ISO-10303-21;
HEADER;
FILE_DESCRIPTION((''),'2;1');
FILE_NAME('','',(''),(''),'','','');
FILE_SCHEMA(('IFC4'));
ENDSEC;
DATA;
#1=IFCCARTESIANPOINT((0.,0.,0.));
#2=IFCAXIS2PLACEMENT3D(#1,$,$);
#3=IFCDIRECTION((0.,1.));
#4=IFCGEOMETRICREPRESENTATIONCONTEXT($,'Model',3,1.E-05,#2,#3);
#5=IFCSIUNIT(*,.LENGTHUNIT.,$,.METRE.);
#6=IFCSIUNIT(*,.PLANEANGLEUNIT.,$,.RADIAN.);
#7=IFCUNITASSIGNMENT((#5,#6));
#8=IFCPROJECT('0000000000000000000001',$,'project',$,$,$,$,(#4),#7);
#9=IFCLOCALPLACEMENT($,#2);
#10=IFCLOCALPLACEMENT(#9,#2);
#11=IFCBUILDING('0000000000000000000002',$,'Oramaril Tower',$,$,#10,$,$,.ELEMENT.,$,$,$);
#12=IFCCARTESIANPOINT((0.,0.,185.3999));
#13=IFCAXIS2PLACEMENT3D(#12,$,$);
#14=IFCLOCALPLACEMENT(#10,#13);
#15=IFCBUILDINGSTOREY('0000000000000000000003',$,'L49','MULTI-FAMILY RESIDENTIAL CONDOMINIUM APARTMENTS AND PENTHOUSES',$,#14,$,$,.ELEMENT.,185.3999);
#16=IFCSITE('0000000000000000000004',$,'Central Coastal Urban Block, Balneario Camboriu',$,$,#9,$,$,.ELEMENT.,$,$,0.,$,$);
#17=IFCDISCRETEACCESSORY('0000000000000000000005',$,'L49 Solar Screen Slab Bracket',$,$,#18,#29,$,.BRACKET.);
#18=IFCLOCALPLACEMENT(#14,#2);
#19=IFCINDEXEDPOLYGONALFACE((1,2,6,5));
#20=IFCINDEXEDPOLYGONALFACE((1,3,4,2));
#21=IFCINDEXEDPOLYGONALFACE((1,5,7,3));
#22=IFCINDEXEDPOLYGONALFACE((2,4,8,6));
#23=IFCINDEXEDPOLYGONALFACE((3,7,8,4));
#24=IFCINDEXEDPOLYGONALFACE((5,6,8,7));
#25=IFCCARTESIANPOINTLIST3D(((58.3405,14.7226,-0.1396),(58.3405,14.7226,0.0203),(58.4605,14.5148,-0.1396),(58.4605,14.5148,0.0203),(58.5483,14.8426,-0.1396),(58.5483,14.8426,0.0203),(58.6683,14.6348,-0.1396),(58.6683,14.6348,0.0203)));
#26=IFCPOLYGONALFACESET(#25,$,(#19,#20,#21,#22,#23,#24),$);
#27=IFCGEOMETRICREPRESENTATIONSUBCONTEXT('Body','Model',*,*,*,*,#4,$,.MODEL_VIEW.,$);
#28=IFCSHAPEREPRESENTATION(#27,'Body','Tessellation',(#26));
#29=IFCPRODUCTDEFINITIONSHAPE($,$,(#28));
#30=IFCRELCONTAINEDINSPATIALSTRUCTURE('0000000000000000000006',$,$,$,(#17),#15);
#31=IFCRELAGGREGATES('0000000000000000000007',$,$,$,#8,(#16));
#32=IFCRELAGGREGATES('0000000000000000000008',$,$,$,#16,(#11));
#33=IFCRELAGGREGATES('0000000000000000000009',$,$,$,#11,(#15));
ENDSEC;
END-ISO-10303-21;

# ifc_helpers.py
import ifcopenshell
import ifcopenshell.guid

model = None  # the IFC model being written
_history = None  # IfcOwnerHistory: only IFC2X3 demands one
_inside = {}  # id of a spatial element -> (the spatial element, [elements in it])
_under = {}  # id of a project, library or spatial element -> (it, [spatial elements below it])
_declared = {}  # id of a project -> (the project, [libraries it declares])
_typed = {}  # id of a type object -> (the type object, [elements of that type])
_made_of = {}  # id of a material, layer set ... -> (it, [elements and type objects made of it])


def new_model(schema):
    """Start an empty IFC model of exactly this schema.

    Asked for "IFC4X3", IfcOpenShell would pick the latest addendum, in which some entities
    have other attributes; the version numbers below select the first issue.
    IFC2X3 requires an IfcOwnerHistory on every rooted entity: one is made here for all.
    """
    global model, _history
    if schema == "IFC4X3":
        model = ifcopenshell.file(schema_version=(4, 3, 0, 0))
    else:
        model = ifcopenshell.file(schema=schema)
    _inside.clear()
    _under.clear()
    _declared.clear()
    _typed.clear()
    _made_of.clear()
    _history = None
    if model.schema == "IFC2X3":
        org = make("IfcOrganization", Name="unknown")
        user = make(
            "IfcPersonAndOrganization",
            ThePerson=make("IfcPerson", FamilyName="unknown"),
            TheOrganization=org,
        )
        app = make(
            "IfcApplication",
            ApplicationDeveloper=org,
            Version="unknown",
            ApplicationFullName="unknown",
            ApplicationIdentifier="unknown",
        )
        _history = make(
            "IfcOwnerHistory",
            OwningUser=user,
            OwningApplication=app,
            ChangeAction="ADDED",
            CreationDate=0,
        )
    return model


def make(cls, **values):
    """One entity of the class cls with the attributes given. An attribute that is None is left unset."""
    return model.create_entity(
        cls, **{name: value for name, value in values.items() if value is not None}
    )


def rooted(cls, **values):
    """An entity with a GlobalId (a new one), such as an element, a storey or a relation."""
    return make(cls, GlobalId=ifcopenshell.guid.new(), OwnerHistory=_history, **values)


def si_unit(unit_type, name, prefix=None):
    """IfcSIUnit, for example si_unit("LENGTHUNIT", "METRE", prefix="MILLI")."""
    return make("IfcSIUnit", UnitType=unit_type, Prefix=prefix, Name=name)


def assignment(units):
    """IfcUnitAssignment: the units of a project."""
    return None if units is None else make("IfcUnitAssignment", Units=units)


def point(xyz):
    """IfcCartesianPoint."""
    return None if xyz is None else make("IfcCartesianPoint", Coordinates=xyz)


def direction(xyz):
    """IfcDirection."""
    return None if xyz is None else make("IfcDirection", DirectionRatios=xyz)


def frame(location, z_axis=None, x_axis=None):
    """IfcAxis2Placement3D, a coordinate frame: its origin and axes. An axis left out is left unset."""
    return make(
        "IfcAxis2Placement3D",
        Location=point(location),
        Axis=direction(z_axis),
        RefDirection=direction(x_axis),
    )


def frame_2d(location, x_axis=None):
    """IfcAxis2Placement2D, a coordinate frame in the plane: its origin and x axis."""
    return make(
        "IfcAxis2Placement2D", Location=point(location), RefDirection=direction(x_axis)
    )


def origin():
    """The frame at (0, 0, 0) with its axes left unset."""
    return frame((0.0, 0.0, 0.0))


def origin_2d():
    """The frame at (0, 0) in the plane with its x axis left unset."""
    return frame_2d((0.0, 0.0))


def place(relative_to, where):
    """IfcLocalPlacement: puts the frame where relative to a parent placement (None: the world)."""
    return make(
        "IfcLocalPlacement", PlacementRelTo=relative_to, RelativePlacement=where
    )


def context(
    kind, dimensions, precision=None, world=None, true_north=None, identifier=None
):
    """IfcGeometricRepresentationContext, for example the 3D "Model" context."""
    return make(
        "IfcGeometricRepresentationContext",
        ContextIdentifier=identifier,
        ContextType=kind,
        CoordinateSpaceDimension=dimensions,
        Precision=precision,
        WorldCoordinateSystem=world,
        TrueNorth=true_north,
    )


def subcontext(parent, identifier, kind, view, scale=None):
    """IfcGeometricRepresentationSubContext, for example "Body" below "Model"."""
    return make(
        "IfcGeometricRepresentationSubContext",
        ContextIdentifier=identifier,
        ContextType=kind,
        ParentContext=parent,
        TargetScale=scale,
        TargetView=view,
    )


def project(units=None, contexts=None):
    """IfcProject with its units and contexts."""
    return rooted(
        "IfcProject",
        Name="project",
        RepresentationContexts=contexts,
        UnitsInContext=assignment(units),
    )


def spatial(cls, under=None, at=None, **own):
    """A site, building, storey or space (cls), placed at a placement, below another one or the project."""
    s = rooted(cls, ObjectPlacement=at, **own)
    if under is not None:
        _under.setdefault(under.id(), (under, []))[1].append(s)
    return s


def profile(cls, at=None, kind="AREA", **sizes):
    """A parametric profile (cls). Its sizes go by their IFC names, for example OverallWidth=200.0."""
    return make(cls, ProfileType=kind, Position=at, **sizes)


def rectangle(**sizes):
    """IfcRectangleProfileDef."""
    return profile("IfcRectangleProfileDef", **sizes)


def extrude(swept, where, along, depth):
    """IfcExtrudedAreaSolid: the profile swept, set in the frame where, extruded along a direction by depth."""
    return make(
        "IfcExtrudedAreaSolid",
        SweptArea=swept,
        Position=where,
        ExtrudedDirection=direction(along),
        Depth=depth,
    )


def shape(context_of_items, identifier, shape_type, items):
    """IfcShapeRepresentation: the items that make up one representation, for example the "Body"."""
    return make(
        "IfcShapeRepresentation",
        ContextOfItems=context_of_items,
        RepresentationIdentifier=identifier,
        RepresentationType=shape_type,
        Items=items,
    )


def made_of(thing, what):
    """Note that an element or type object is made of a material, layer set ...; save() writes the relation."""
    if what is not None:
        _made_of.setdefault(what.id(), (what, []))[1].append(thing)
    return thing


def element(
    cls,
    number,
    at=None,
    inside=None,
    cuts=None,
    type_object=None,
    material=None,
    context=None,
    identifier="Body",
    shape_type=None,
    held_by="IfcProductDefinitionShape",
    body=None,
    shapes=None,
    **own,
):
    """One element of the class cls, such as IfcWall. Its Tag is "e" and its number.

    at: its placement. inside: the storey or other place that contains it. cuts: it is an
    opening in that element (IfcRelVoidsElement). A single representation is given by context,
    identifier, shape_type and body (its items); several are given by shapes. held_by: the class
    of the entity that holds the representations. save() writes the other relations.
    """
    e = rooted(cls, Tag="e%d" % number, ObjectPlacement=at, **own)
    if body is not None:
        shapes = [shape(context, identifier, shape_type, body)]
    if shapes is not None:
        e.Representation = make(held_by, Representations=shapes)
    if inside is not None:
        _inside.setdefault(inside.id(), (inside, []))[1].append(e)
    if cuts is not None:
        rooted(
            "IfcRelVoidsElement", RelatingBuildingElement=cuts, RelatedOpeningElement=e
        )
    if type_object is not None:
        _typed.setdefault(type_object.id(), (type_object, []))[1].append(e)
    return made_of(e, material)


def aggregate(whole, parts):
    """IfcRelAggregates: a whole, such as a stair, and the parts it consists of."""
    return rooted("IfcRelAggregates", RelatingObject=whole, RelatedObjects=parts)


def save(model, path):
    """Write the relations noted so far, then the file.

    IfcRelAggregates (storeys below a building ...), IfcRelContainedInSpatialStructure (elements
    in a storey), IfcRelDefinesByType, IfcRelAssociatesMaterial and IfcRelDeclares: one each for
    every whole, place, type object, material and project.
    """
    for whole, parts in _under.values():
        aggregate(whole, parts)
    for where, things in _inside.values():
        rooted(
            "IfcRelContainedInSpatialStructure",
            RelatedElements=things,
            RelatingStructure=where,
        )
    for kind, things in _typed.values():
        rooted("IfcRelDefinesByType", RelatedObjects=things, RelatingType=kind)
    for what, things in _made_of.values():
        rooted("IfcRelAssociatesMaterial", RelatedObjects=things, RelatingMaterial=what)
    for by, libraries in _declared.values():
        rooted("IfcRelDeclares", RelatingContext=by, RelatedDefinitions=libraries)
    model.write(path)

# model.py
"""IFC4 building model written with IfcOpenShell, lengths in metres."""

from ifc_helpers import new_model, si_unit, direction, frame, origin, origin_2d, place, context, subcontext, project, spatial, rectangle, extrude, element, save


model = new_model("IFC4")

# Units and contexts
model_context = context("Model", 3, precision=1e-05, world=origin(), true_north=direction((0.0, 1.0)))
body_context = subcontext(model_context, "Body", "Model", "MODEL_VIEW")
ifc_project = project(units=[si_unit("LENGTHUNIT", "METRE"), si_unit("PLANEANGLEUNIT", "RADIAN")], contexts=[model_context])

# Site, building, storey
site_placement = place(None, origin())
site = spatial("IfcSite", under=ifc_project, at=site_placement, Name="Central Coastal Urban Block, Balneario Camboriu", CompositionType="ELEMENT", RefElevation=0.0)
building_placement = place(site_placement, origin())
building = spatial("IfcBuilding", under=site, at=building_placement, Name="Oramaril Tower", CompositionType="ELEMENT")
storey_placement = place(building_placement, frame((0.0, 0.0, 185.3999)))
storey = spatial("IfcBuildingStorey", under=building, at=storey_placement, Name="L49", Description="MULTI-FAMILY RESIDENTIAL CONDOMINIUM APARTMENTS AND PENTHOUSES", CompositionType="ELEMENT", Elevation=185.3999)

# Discrete accessory
discrete_accessory_placement = place(storey_placement, frame((58.5044, 14.6787, -0.1396), z_axis=(0.0, 0.0, 1.0), x_axis=(-0.5, 0.866025, 0.0)))
element("IfcDiscreteAccessory", 1, at=discrete_accessory_placement, inside=storey, Name="L49 Solar Screen Slab Bracket", PredefinedType="BRACKET", context=body_context, shape_type="SweptSolid", body=[
    extrude(rectangle(XDim=0.24, YDim=0.24, at=origin_2d()), origin(), (0.0, 0.0, 1.0), 0.1599),
])

save(model, "model.ifc")
